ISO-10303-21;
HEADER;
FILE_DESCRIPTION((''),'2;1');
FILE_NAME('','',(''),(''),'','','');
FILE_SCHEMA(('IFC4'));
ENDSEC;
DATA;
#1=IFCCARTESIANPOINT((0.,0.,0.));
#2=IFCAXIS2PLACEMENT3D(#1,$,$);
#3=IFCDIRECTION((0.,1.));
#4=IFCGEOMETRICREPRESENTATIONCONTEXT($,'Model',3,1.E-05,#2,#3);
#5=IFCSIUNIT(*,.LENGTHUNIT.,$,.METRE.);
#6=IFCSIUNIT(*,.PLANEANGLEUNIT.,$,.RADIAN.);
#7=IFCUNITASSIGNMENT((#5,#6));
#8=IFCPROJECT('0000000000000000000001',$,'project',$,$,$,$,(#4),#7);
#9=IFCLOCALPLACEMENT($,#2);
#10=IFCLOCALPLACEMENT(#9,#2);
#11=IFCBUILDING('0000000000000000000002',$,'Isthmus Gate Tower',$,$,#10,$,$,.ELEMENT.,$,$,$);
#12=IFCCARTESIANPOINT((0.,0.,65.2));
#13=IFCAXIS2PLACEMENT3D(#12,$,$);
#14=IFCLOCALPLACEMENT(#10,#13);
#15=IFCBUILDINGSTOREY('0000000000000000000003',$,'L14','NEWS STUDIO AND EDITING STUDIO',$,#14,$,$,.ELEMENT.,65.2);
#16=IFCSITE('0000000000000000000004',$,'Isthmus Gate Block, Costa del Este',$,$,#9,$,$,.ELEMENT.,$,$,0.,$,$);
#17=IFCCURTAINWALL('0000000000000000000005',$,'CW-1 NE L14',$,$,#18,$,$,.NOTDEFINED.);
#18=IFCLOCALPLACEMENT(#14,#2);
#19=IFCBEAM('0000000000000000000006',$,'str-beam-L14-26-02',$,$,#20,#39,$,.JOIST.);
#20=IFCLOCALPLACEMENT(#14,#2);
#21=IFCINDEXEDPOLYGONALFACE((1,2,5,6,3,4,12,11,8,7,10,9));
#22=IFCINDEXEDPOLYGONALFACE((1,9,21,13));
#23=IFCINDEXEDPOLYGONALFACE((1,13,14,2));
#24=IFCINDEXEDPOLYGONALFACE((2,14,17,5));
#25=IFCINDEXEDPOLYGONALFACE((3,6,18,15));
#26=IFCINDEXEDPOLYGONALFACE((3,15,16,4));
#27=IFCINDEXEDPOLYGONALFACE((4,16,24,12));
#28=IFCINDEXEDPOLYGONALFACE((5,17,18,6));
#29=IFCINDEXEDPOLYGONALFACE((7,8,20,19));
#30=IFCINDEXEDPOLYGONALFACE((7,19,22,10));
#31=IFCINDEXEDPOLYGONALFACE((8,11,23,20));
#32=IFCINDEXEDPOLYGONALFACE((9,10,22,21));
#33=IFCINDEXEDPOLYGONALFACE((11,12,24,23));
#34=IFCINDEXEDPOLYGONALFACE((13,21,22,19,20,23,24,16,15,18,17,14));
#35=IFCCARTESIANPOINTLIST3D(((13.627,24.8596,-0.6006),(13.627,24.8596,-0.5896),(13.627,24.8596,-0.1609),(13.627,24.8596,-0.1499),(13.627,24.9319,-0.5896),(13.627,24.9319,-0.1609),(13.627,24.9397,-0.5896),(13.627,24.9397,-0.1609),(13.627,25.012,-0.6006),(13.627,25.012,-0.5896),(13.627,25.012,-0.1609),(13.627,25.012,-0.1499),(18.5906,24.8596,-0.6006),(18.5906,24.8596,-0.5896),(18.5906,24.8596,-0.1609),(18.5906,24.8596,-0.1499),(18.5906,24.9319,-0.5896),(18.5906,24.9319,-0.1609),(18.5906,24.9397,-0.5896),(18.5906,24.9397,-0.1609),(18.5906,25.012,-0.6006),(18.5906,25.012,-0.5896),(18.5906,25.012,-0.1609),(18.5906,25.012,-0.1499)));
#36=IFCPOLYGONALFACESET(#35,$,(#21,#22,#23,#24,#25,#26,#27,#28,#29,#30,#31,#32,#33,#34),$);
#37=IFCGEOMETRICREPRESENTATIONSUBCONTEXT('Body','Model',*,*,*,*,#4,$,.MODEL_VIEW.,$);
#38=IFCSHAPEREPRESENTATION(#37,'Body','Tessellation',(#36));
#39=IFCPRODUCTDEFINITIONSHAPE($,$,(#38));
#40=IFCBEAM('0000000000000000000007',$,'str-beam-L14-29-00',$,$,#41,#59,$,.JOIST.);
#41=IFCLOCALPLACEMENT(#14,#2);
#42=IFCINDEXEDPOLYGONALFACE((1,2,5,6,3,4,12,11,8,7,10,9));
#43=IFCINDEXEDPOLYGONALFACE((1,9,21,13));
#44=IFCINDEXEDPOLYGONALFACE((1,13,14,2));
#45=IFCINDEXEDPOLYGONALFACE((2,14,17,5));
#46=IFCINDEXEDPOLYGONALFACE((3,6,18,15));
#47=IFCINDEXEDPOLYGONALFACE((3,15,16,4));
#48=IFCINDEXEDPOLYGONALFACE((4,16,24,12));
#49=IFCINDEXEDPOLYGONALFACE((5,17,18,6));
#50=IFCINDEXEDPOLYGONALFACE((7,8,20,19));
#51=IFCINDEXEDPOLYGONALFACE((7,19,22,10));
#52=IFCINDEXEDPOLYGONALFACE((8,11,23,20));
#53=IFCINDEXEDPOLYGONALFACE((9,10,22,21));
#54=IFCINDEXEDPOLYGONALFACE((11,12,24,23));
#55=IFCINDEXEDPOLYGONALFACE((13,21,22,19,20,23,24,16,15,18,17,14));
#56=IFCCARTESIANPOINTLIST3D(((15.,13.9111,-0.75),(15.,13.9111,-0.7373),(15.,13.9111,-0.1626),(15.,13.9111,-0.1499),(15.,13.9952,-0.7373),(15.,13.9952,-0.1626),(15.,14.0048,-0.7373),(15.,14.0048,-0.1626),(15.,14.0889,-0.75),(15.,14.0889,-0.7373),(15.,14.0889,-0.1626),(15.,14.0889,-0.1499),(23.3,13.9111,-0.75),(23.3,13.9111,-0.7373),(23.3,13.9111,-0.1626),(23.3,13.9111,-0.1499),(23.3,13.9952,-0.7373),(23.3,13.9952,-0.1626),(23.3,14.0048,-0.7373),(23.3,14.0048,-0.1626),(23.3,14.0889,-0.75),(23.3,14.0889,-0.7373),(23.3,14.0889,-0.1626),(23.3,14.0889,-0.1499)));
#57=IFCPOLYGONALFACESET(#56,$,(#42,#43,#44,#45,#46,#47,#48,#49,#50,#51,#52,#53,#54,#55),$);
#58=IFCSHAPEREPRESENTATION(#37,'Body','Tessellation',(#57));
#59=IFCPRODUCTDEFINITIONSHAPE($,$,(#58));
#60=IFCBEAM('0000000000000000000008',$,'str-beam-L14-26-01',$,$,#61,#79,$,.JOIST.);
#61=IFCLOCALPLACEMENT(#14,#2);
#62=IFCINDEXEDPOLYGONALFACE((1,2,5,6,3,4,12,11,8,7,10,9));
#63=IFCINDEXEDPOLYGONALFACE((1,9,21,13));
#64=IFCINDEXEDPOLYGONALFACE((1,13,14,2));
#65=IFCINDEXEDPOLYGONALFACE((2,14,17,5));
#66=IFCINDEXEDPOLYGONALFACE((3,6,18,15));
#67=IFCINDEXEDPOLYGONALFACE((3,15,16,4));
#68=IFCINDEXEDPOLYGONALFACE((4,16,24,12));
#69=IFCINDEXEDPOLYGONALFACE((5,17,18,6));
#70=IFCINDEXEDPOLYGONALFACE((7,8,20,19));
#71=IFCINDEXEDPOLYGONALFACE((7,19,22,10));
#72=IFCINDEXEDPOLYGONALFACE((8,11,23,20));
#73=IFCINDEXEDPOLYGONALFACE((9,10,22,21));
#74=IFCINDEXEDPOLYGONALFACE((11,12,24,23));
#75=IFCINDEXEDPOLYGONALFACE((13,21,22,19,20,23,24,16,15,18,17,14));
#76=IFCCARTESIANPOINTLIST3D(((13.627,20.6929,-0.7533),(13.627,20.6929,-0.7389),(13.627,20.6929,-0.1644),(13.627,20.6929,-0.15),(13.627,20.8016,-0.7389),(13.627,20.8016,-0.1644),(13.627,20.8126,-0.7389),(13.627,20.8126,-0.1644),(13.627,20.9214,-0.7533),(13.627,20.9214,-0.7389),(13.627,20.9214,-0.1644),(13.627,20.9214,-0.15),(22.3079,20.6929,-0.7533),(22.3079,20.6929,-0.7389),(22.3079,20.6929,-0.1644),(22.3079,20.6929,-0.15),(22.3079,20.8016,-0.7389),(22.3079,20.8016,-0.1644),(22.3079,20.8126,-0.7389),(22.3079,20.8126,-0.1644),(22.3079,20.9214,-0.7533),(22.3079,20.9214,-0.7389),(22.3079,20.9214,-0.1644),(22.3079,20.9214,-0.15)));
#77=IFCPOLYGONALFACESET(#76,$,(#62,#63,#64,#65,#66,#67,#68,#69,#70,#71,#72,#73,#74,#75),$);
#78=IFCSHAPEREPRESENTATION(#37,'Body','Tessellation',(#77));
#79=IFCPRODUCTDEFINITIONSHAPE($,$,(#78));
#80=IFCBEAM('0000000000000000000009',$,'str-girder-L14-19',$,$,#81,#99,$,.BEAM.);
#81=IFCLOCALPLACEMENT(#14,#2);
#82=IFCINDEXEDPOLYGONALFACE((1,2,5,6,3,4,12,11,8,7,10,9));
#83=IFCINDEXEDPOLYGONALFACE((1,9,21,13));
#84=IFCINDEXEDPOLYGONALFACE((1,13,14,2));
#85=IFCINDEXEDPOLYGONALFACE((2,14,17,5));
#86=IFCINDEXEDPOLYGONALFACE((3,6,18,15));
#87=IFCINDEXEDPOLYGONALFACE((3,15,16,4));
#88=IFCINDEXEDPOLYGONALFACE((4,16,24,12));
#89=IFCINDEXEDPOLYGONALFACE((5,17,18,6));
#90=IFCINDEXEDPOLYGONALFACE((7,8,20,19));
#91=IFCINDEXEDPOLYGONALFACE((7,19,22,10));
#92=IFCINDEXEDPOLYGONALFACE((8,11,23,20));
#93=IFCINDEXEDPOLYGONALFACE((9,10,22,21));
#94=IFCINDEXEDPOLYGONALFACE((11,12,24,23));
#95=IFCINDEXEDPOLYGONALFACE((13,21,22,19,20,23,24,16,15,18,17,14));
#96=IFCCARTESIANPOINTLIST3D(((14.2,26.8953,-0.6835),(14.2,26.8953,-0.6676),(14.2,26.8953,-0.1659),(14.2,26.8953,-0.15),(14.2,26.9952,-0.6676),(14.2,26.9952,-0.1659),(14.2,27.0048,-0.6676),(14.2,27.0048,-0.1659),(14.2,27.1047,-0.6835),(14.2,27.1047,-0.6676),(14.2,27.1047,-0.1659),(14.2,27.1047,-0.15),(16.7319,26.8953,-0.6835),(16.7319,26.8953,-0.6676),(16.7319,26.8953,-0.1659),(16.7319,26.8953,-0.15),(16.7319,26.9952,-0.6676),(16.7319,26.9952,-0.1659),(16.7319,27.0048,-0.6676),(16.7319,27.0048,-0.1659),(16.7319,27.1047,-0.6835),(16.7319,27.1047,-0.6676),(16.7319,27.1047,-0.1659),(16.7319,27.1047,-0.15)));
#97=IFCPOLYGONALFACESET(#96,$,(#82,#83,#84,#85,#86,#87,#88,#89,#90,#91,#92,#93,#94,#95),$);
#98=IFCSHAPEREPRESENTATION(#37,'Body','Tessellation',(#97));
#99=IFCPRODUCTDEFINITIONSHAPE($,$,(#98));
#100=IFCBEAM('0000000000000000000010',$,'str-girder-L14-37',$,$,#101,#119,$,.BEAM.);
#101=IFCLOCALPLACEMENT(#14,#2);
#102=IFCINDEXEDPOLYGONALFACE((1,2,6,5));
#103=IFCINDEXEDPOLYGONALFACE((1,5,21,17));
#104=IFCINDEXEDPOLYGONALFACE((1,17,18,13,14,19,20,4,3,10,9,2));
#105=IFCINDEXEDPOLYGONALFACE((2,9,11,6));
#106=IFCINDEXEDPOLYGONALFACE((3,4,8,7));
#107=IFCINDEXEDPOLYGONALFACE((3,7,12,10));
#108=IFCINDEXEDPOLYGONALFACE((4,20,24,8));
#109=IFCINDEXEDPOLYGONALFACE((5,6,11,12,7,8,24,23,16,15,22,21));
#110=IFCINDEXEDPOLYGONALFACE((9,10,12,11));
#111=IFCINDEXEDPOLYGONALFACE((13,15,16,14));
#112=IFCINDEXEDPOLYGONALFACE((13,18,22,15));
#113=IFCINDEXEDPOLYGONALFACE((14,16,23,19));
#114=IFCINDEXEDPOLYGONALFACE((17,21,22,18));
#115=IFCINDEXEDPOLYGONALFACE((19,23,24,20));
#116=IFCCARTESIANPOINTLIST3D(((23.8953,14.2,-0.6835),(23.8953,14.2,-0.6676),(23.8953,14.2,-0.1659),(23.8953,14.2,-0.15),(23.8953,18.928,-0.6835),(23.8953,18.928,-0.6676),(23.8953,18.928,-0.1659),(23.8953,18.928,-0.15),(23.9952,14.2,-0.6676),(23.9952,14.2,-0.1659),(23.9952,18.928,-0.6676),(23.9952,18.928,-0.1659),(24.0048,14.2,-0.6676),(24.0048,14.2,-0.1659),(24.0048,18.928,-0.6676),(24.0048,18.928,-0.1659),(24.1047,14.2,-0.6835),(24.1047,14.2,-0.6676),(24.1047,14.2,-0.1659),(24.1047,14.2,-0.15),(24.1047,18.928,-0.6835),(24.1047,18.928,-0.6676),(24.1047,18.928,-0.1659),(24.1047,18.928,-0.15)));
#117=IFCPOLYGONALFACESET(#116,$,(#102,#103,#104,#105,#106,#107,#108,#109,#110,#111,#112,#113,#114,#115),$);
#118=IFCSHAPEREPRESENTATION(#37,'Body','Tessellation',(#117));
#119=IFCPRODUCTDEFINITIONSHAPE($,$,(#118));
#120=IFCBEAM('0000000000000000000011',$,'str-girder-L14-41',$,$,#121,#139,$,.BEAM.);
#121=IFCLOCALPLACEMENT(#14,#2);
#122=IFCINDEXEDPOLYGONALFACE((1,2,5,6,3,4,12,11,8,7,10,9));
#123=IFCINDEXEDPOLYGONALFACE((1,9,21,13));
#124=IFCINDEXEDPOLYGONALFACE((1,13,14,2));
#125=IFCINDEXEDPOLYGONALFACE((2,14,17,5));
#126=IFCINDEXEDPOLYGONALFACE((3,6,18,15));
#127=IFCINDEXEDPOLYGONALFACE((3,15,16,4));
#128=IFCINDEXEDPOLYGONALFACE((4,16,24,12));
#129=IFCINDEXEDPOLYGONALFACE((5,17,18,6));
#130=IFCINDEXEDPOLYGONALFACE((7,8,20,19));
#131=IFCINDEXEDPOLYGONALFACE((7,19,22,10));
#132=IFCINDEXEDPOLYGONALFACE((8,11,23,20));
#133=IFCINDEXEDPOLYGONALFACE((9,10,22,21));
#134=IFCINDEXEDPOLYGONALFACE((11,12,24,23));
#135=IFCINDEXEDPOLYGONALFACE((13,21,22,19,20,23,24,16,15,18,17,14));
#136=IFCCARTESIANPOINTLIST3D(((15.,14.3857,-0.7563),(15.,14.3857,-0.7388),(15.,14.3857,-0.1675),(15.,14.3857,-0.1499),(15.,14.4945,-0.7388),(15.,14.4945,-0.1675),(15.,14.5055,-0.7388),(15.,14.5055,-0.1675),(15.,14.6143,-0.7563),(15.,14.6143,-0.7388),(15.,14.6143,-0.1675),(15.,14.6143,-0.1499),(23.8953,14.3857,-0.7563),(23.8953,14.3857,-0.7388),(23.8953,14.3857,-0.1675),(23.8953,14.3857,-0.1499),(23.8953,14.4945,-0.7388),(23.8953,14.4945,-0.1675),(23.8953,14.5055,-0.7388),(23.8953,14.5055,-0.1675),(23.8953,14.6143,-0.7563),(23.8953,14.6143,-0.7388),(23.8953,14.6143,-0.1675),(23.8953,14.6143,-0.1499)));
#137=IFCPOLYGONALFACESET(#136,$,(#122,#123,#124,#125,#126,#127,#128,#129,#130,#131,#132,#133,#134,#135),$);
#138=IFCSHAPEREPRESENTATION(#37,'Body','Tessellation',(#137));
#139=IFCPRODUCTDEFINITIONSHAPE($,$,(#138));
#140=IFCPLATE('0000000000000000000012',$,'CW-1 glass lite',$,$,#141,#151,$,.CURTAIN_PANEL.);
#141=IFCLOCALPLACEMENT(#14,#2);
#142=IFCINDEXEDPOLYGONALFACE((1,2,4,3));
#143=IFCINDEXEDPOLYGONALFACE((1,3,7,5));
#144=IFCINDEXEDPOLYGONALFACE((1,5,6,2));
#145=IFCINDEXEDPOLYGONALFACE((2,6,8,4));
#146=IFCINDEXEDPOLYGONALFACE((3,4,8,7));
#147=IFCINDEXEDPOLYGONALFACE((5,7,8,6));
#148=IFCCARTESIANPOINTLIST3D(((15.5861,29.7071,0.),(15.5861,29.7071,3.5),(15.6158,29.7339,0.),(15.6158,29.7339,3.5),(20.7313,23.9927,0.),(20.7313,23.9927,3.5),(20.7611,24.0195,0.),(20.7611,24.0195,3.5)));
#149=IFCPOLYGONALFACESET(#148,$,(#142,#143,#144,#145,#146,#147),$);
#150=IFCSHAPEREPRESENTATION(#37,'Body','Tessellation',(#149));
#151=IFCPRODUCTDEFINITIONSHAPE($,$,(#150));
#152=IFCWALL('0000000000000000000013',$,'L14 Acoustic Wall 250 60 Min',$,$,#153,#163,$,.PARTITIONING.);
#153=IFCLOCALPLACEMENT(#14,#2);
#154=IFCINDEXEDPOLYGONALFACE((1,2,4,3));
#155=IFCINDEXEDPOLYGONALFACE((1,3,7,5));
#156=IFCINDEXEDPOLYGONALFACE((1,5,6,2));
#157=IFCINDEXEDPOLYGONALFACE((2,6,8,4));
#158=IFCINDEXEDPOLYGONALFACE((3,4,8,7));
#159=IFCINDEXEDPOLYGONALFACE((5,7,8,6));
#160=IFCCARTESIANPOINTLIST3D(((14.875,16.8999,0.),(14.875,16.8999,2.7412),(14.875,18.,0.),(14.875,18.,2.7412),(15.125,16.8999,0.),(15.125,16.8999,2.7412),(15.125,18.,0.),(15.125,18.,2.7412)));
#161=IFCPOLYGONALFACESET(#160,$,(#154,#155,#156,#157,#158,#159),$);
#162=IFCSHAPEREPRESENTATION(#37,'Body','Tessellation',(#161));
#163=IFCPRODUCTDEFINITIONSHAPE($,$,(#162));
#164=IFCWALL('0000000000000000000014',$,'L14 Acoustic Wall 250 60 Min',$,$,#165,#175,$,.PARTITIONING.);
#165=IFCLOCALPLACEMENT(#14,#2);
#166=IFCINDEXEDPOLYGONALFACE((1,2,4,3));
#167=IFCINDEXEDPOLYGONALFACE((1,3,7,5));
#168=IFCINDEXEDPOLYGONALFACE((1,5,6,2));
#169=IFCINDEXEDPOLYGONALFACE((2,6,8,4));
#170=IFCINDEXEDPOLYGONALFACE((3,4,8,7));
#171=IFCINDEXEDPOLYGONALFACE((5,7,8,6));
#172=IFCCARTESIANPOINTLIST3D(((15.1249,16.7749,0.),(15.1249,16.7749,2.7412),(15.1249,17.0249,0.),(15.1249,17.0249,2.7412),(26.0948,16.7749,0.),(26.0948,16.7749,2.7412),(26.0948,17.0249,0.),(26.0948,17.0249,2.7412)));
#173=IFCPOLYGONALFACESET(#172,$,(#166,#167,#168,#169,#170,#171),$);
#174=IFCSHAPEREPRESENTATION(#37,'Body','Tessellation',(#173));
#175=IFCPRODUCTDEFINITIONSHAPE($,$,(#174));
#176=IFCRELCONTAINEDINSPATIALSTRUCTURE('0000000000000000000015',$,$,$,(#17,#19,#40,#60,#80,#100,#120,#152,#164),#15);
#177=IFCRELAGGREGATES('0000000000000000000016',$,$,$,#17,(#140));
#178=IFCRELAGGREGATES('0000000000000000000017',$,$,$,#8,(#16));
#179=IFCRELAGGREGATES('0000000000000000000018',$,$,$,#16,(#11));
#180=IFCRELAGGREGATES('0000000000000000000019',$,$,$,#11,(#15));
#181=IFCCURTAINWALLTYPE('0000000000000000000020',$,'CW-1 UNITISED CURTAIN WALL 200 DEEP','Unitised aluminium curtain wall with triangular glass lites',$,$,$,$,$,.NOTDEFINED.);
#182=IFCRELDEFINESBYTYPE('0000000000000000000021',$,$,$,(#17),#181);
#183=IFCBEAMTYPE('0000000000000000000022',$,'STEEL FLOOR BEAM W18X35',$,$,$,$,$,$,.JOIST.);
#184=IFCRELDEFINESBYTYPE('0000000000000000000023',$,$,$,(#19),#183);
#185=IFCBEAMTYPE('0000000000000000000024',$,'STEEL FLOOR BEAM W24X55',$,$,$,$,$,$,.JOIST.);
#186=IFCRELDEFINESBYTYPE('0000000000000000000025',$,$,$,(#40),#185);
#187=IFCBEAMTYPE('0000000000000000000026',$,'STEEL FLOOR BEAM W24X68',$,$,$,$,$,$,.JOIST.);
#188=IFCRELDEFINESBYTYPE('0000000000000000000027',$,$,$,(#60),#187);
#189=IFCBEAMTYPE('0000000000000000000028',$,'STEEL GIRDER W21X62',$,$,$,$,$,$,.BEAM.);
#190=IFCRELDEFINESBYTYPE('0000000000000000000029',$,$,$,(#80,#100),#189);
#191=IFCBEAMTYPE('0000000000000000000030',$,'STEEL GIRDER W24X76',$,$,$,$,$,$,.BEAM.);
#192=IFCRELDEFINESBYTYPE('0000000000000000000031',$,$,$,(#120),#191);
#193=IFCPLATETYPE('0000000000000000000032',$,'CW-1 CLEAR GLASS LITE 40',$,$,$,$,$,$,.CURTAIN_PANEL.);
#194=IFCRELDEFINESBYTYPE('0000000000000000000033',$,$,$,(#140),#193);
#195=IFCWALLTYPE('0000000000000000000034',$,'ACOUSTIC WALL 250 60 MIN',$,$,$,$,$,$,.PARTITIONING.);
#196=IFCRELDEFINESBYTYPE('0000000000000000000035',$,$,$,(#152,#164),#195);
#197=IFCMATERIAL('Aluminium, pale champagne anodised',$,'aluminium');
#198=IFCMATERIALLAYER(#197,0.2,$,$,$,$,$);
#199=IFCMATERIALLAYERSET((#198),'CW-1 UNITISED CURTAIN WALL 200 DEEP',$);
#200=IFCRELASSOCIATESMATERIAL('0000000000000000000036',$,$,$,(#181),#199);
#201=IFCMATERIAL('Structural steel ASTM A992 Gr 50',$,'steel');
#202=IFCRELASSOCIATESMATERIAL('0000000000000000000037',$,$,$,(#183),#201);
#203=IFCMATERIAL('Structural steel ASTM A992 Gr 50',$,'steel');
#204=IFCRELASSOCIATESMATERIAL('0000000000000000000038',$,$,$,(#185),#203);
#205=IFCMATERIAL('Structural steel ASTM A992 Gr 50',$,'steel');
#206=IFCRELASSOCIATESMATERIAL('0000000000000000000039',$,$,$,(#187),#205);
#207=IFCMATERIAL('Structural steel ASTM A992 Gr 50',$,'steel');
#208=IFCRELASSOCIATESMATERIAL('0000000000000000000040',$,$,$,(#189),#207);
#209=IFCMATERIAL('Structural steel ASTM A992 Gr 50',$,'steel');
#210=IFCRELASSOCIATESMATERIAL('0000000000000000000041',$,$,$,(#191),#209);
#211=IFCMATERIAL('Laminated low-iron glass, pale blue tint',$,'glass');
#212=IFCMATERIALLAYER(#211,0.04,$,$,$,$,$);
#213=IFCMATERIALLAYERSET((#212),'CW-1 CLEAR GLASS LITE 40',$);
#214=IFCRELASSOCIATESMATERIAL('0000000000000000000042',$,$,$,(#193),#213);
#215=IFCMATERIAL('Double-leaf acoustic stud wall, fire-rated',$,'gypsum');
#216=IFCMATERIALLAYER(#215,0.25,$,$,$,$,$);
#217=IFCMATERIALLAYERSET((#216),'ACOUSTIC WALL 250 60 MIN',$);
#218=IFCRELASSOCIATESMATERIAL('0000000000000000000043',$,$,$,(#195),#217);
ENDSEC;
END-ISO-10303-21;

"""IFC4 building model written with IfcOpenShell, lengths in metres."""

from ifc_helpers import new_model, si_unit, direction, frame, frame_2d, origin, origin_2d, place, context, subcontext, project, spatial, rectangle, i_section, extrude, material, layer, layer_set, material_profile, profile_set, type_object, element, aggregate, save


model = new_model("IFC4")

# Units and contexts
model_context = context("Model", 3, precision=1e-05, world=origin(), true_north=direction((0.0, 1.0)))
body_context = subcontext(model_context, "Body", "Model", "MODEL_VIEW")
ifc_project = project(units=[si_unit("LENGTHUNIT", "METRE"), si_unit("PLANEANGLEUNIT", "RADIAN")], contexts=[model_context])

# Site, building, storey
site_placement = place(None, origin())
site = spatial("IfcSite", under=ifc_project, at=site_placement, Name="Isthmus Gate Block, Costa del Este", CompositionType="ELEMENT", RefElevation=0.0)
building_placement = place(site_placement, origin())
building = spatial("IfcBuilding", under=site, at=building_placement, Name="Isthmus Gate Tower", CompositionType="ELEMENT")
storey_placement = place(building_placement, frame((0.0, 0.0, 65.2)))
storey = spatial("IfcBuildingStorey", under=building, at=storey_placement, Name="L14", Description="NEWS STUDIO AND EDITING STUDIO", CompositionType="ELEMENT", Elevation=65.2)

# Curtain wall
ifc_material_1 = material(Name="Aluminium, pale champagne anodised", Category="aluminium")
ifc_layer_1 = layer(ifc_material_1, 0.2)
ifc_layer_set_1 = layer_set([ifc_layer_1], Name="CW-1 UNITISED CURTAIN WALL 200 DEEP")
curtain_wall_type = type_object("IfcCurtainWallType", Name="CW-1 UNITISED CURTAIN WALL 200 DEEP", Description="Unitised aluminium curtain wall with triangular glass lites", PredefinedType="NOTDEFINED", material=ifc_layer_set_1)
curtain_wall_1_placement = place(storey_placement, origin())
curtain_wall_1 = element("IfcCurtainWall", 1, at=curtain_wall_1_placement, inside=storey, type_object=curtain_wall_type, Name="CW-1 NE L14", PredefinedType="NOTDEFINED")

# Beams
ifc_material_2 = material(Name="Structural steel ASTM A992 Gr 50", Category="steel")
ifc_material_profile_1 = material_profile(ifc_material_2, i_section(OverallWidth=0.1523, OverallDepth=0.4507, WebThickness=0.0078, FlangeThickness=0.011, at=origin_2d()), Name="W18X35")
ifc_profile_set_1 = profile_set([ifc_material_profile_1], Name="Structural steel ASTM A992 Gr 50")
beam_type_1 = type_object("IfcBeamType", Name="STEEL FLOOR BEAM W18X35", PredefinedType="JOIST", material=ifc_profile_set_1)
beam_1_placement = place(storey_placement, frame((13.627, 24.9358, -0.3752), z_axis=(1.0, 0.0, 0.0), x_axis=(0.0, 1.0, 0.0)))
element("IfcBeam", 2, at=beam_1_placement, inside=storey, type_object=beam_type_1, Name="str-beam-L14-26-02", PredefinedType="JOIST", context=body_context, shape_type="SweptSolid", body=[
    extrude(i_section(OverallWidth=0.1523, OverallDepth=0.4507, WebThickness=0.0078, FlangeThickness=0.011, at=origin_2d()), origin(), (0.0, 0.0, 1.0), 4.9636),
])
ifc_material_3 = material(Name="Structural steel ASTM A992 Gr 50", Category="steel")
ifc_material_profile_2 = material_profile(ifc_material_3, i_section(OverallWidth=0.1777, OverallDepth=0.6001, WebThickness=0.0095, FlangeThickness=0.0127, at=origin_2d()), Name="W24X55")
ifc_profile_set_2 = profile_set([ifc_material_profile_2], Name="Structural steel ASTM A992 Gr 50")
beam_type_2 = type_object("IfcBeamType", Name="STEEL FLOOR BEAM W24X55", PredefinedType="JOIST", material=ifc_profile_set_2)
beam_2_placement = place(storey_placement, frame((15.0, 14.0, -0.45), z_axis=(1.0, 0.0, 0.0), x_axis=(0.0, 1.0, 0.0)))
element("IfcBeam", 3, at=beam_2_placement, inside=storey, type_object=beam_type_2, Name="str-beam-L14-29-00", PredefinedType="JOIST", context=body_context, shape_type="SweptSolid", body=[
    extrude(i_section(OverallWidth=0.1777, OverallDepth=0.6001, WebThickness=0.0095, FlangeThickness=0.0127, at=origin_2d()), origin(), (0.0, 0.0, 1.0), 8.3),
])
ifc_material_4 = material(Name="Structural steel ASTM A992 Gr 50", Category="steel")
ifc_material_profile_3 = material_profile(ifc_material_4, i_section(OverallWidth=0.2285, OverallDepth=0.6033, WebThickness=0.011, FlangeThickness=0.0144, at=origin_2d()), Name="W24X68")
ifc_profile_set_3 = profile_set([ifc_material_profile_3], Name="Structural steel ASTM A992 Gr 50")
beam_type_3 = type_object("IfcBeamType", Name="STEEL FLOOR BEAM W24X68", PredefinedType="JOIST", material=ifc_profile_set_3)
beam_3_placement = place(storey_placement, frame((13.627, 20.8071, -0.4517), z_axis=(1.0, 0.0, 0.0), x_axis=(0.0, 1.0, 0.0)))
element("IfcBeam", 4, at=beam_3_placement, inside=storey, type_object=beam_type_3, Name="str-beam-L14-26-01", PredefinedType="JOIST", context=body_context, shape_type="SweptSolid", body=[
    extrude(i_section(OverallWidth=0.2285, OverallDepth=0.6033, WebThickness=0.011, FlangeThickness=0.0144, at=origin_2d()), origin(), (0.0, 0.0, 1.0), 8.6809),
])
ifc_material_5 = material(Name="Structural steel ASTM A992 Gr 50", Category="steel")
ifc_material_profile_4 = material_profile(ifc_material_5, i_section(OverallWidth=0.2095, OverallDepth=0.5334, WebThickness=0.0095, FlangeThickness=0.0159, at=origin_2d()), Name="W21X62")
ifc_profile_set_4 = profile_set([ifc_material_profile_4], Name="Structural steel ASTM A992 Gr 50")
beam_type_4 = type_object("IfcBeamType", Name="STEEL GIRDER W21X62", PredefinedType="BEAM", material=ifc_profile_set_4)
beam_4_placement = place(storey_placement, frame((14.2, 27.0, -0.4167), z_axis=(1.0, 0.0, 0.0), x_axis=(0.0, 1.0, 0.0)))
element("IfcBeam", 5, at=beam_4_placement, inside=storey, type_object=beam_type_4, Name="str-girder-L14-19", PredefinedType="BEAM", context=body_context, shape_type="SweptSolid", body=[
    extrude(i_section(OverallWidth=0.2095, OverallDepth=0.5334, WebThickness=0.0095, FlangeThickness=0.0159, at=origin_2d()), origin(), (0.0, 0.0, 1.0), 2.532),
])
beam_5_placement = place(storey_placement, frame((24.0, 14.2, -0.4167), z_axis=(0.0, 1.0, 0.0), x_axis=(-1.0, 0.0, 0.0)))
element("IfcBeam", 6, at=beam_5_placement, inside=storey, type_object=beam_type_4, Name="str-girder-L14-37", PredefinedType="BEAM", context=body_context, shape_type="SweptSolid", body=[
    extrude(i_section(OverallWidth=0.2095, OverallDepth=0.5334, WebThickness=0.0095, FlangeThickness=0.0159, at=origin_2d()), origin(), (0.0, 0.0, 1.0), 4.728),
])
ifc_material_6 = material(Name="Structural steel ASTM A992 Gr 50", Category="steel")
ifc_material_profile_5 = material_profile(ifc_material_6, i_section(OverallWidth=0.2285, OverallDepth=0.6064, WebThickness=0.011, FlangeThickness=0.0176, at=origin_2d()), Name="W24X76")
ifc_profile_set_5 = profile_set([ifc_material_profile_5], Name="Structural steel ASTM A992 Gr 50")
beam_type_5 = type_object("IfcBeamType", Name="STEEL GIRDER W24X76", PredefinedType="BEAM", material=ifc_profile_set_5)
beam_6_placement = place(storey_placement, frame((15.0, 14.5, -0.4531), z_axis=(1.0, 0.0, 0.0), x_axis=(0.0, 1.0, 0.0)))
element("IfcBeam", 7, at=beam_6_placement, inside=storey, type_object=beam_type_5, Name="str-girder-L14-41", PredefinedType="BEAM", context=body_context, shape_type="SweptSolid", body=[
    extrude(i_section(OverallWidth=0.2285, OverallDepth=0.6064, WebThickness=0.011, FlangeThickness=0.0176, at=origin_2d()), origin(), (0.0, 0.0, 1.0), 8.8953),
])

# Plate
ifc_material_7 = material(Name="Laminated low-iron glass, pale blue tint", Category="glass")
ifc_layer_2 = layer(ifc_material_7, 0.04)
ifc_layer_set_2 = layer_set([ifc_layer_2], Name="CW-1 CLEAR GLASS LITE 40")
plate_type = type_object("IfcPlateType", Name="CW-1 CLEAR GLASS LITE 40", PredefinedType="CURTAIN_PANEL", material=ifc_layer_set_2)
plate_placement = place(storey_placement, frame((18.1736, 26.8633, 0.0), z_axis=(0.0, 0.0, 1.0), x_axis=(-0.669131, 0.743145, 0.0)))
plate = element("IfcPlate", 8, at=plate_placement, type_object=plate_type, Name="CW-1 glass lite", PredefinedType="CURTAIN_PANEL", context=body_context, shape_type="SweptSolid", body=[
    extrude(rectangle(XDim=7.6895, YDim=0.04, at=origin_2d()), origin(), (0.0, 0.0, 1.0), 3.5),
])

# Walls
ifc_material_8 = material(Name="Double-leaf acoustic stud wall, fire-rated", Category="gypsum")
ifc_layer_3 = layer(ifc_material_8, 0.25)
ifc_layer_set_3 = layer_set([ifc_layer_3], Name="ACOUSTIC WALL 250 60 MIN")
wall_type_1 = type_object("IfcWallType", Name="ACOUSTIC WALL 250 60 MIN", PredefinedType="PARTITIONING", material=ifc_layer_set_3)
wall_1_placement = place(storey_placement, frame((15.0, 18.0, 0.0), z_axis=(0.0, 0.0, 1.0), x_axis=(0.0, -1.0, 0.0)))
element("IfcWall", 9, at=wall_1_placement, inside=storey, type_object=wall_type_1, Name="L14 Acoustic Wall 250 60 Min", PredefinedType="PARTITIONING", context=body_context, shape_type="SweptSolid", body=[
    extrude(rectangle(XDim=1.1001, YDim=0.25, at=frame_2d((0.55, 0.0))), origin(), (0.0, 0.0, 1.0), 2.7412),
])
wall_2_placement = place(storey_placement, frame((15.125, 16.8999, 0.0), z_axis=(0.0, 0.0, 1.0), x_axis=(1.0, 0.0, 0.0)))
element("IfcWall", 10, at=wall_2_placement, inside=storey, type_object=wall_type_1, Name="L14 Acoustic Wall 250 60 Min", PredefinedType="PARTITIONING", context=body_context, shape_type="SweptSolid", body=[
    extrude(rectangle(XDim=10.97, YDim=0.25, at=frame_2d((5.4849, 0.0))), origin(), (0.0, 0.0, 1.0), 2.7412),
])

aggregate(curtain_wall_1, [plate])

save(model, "model.ifc")
